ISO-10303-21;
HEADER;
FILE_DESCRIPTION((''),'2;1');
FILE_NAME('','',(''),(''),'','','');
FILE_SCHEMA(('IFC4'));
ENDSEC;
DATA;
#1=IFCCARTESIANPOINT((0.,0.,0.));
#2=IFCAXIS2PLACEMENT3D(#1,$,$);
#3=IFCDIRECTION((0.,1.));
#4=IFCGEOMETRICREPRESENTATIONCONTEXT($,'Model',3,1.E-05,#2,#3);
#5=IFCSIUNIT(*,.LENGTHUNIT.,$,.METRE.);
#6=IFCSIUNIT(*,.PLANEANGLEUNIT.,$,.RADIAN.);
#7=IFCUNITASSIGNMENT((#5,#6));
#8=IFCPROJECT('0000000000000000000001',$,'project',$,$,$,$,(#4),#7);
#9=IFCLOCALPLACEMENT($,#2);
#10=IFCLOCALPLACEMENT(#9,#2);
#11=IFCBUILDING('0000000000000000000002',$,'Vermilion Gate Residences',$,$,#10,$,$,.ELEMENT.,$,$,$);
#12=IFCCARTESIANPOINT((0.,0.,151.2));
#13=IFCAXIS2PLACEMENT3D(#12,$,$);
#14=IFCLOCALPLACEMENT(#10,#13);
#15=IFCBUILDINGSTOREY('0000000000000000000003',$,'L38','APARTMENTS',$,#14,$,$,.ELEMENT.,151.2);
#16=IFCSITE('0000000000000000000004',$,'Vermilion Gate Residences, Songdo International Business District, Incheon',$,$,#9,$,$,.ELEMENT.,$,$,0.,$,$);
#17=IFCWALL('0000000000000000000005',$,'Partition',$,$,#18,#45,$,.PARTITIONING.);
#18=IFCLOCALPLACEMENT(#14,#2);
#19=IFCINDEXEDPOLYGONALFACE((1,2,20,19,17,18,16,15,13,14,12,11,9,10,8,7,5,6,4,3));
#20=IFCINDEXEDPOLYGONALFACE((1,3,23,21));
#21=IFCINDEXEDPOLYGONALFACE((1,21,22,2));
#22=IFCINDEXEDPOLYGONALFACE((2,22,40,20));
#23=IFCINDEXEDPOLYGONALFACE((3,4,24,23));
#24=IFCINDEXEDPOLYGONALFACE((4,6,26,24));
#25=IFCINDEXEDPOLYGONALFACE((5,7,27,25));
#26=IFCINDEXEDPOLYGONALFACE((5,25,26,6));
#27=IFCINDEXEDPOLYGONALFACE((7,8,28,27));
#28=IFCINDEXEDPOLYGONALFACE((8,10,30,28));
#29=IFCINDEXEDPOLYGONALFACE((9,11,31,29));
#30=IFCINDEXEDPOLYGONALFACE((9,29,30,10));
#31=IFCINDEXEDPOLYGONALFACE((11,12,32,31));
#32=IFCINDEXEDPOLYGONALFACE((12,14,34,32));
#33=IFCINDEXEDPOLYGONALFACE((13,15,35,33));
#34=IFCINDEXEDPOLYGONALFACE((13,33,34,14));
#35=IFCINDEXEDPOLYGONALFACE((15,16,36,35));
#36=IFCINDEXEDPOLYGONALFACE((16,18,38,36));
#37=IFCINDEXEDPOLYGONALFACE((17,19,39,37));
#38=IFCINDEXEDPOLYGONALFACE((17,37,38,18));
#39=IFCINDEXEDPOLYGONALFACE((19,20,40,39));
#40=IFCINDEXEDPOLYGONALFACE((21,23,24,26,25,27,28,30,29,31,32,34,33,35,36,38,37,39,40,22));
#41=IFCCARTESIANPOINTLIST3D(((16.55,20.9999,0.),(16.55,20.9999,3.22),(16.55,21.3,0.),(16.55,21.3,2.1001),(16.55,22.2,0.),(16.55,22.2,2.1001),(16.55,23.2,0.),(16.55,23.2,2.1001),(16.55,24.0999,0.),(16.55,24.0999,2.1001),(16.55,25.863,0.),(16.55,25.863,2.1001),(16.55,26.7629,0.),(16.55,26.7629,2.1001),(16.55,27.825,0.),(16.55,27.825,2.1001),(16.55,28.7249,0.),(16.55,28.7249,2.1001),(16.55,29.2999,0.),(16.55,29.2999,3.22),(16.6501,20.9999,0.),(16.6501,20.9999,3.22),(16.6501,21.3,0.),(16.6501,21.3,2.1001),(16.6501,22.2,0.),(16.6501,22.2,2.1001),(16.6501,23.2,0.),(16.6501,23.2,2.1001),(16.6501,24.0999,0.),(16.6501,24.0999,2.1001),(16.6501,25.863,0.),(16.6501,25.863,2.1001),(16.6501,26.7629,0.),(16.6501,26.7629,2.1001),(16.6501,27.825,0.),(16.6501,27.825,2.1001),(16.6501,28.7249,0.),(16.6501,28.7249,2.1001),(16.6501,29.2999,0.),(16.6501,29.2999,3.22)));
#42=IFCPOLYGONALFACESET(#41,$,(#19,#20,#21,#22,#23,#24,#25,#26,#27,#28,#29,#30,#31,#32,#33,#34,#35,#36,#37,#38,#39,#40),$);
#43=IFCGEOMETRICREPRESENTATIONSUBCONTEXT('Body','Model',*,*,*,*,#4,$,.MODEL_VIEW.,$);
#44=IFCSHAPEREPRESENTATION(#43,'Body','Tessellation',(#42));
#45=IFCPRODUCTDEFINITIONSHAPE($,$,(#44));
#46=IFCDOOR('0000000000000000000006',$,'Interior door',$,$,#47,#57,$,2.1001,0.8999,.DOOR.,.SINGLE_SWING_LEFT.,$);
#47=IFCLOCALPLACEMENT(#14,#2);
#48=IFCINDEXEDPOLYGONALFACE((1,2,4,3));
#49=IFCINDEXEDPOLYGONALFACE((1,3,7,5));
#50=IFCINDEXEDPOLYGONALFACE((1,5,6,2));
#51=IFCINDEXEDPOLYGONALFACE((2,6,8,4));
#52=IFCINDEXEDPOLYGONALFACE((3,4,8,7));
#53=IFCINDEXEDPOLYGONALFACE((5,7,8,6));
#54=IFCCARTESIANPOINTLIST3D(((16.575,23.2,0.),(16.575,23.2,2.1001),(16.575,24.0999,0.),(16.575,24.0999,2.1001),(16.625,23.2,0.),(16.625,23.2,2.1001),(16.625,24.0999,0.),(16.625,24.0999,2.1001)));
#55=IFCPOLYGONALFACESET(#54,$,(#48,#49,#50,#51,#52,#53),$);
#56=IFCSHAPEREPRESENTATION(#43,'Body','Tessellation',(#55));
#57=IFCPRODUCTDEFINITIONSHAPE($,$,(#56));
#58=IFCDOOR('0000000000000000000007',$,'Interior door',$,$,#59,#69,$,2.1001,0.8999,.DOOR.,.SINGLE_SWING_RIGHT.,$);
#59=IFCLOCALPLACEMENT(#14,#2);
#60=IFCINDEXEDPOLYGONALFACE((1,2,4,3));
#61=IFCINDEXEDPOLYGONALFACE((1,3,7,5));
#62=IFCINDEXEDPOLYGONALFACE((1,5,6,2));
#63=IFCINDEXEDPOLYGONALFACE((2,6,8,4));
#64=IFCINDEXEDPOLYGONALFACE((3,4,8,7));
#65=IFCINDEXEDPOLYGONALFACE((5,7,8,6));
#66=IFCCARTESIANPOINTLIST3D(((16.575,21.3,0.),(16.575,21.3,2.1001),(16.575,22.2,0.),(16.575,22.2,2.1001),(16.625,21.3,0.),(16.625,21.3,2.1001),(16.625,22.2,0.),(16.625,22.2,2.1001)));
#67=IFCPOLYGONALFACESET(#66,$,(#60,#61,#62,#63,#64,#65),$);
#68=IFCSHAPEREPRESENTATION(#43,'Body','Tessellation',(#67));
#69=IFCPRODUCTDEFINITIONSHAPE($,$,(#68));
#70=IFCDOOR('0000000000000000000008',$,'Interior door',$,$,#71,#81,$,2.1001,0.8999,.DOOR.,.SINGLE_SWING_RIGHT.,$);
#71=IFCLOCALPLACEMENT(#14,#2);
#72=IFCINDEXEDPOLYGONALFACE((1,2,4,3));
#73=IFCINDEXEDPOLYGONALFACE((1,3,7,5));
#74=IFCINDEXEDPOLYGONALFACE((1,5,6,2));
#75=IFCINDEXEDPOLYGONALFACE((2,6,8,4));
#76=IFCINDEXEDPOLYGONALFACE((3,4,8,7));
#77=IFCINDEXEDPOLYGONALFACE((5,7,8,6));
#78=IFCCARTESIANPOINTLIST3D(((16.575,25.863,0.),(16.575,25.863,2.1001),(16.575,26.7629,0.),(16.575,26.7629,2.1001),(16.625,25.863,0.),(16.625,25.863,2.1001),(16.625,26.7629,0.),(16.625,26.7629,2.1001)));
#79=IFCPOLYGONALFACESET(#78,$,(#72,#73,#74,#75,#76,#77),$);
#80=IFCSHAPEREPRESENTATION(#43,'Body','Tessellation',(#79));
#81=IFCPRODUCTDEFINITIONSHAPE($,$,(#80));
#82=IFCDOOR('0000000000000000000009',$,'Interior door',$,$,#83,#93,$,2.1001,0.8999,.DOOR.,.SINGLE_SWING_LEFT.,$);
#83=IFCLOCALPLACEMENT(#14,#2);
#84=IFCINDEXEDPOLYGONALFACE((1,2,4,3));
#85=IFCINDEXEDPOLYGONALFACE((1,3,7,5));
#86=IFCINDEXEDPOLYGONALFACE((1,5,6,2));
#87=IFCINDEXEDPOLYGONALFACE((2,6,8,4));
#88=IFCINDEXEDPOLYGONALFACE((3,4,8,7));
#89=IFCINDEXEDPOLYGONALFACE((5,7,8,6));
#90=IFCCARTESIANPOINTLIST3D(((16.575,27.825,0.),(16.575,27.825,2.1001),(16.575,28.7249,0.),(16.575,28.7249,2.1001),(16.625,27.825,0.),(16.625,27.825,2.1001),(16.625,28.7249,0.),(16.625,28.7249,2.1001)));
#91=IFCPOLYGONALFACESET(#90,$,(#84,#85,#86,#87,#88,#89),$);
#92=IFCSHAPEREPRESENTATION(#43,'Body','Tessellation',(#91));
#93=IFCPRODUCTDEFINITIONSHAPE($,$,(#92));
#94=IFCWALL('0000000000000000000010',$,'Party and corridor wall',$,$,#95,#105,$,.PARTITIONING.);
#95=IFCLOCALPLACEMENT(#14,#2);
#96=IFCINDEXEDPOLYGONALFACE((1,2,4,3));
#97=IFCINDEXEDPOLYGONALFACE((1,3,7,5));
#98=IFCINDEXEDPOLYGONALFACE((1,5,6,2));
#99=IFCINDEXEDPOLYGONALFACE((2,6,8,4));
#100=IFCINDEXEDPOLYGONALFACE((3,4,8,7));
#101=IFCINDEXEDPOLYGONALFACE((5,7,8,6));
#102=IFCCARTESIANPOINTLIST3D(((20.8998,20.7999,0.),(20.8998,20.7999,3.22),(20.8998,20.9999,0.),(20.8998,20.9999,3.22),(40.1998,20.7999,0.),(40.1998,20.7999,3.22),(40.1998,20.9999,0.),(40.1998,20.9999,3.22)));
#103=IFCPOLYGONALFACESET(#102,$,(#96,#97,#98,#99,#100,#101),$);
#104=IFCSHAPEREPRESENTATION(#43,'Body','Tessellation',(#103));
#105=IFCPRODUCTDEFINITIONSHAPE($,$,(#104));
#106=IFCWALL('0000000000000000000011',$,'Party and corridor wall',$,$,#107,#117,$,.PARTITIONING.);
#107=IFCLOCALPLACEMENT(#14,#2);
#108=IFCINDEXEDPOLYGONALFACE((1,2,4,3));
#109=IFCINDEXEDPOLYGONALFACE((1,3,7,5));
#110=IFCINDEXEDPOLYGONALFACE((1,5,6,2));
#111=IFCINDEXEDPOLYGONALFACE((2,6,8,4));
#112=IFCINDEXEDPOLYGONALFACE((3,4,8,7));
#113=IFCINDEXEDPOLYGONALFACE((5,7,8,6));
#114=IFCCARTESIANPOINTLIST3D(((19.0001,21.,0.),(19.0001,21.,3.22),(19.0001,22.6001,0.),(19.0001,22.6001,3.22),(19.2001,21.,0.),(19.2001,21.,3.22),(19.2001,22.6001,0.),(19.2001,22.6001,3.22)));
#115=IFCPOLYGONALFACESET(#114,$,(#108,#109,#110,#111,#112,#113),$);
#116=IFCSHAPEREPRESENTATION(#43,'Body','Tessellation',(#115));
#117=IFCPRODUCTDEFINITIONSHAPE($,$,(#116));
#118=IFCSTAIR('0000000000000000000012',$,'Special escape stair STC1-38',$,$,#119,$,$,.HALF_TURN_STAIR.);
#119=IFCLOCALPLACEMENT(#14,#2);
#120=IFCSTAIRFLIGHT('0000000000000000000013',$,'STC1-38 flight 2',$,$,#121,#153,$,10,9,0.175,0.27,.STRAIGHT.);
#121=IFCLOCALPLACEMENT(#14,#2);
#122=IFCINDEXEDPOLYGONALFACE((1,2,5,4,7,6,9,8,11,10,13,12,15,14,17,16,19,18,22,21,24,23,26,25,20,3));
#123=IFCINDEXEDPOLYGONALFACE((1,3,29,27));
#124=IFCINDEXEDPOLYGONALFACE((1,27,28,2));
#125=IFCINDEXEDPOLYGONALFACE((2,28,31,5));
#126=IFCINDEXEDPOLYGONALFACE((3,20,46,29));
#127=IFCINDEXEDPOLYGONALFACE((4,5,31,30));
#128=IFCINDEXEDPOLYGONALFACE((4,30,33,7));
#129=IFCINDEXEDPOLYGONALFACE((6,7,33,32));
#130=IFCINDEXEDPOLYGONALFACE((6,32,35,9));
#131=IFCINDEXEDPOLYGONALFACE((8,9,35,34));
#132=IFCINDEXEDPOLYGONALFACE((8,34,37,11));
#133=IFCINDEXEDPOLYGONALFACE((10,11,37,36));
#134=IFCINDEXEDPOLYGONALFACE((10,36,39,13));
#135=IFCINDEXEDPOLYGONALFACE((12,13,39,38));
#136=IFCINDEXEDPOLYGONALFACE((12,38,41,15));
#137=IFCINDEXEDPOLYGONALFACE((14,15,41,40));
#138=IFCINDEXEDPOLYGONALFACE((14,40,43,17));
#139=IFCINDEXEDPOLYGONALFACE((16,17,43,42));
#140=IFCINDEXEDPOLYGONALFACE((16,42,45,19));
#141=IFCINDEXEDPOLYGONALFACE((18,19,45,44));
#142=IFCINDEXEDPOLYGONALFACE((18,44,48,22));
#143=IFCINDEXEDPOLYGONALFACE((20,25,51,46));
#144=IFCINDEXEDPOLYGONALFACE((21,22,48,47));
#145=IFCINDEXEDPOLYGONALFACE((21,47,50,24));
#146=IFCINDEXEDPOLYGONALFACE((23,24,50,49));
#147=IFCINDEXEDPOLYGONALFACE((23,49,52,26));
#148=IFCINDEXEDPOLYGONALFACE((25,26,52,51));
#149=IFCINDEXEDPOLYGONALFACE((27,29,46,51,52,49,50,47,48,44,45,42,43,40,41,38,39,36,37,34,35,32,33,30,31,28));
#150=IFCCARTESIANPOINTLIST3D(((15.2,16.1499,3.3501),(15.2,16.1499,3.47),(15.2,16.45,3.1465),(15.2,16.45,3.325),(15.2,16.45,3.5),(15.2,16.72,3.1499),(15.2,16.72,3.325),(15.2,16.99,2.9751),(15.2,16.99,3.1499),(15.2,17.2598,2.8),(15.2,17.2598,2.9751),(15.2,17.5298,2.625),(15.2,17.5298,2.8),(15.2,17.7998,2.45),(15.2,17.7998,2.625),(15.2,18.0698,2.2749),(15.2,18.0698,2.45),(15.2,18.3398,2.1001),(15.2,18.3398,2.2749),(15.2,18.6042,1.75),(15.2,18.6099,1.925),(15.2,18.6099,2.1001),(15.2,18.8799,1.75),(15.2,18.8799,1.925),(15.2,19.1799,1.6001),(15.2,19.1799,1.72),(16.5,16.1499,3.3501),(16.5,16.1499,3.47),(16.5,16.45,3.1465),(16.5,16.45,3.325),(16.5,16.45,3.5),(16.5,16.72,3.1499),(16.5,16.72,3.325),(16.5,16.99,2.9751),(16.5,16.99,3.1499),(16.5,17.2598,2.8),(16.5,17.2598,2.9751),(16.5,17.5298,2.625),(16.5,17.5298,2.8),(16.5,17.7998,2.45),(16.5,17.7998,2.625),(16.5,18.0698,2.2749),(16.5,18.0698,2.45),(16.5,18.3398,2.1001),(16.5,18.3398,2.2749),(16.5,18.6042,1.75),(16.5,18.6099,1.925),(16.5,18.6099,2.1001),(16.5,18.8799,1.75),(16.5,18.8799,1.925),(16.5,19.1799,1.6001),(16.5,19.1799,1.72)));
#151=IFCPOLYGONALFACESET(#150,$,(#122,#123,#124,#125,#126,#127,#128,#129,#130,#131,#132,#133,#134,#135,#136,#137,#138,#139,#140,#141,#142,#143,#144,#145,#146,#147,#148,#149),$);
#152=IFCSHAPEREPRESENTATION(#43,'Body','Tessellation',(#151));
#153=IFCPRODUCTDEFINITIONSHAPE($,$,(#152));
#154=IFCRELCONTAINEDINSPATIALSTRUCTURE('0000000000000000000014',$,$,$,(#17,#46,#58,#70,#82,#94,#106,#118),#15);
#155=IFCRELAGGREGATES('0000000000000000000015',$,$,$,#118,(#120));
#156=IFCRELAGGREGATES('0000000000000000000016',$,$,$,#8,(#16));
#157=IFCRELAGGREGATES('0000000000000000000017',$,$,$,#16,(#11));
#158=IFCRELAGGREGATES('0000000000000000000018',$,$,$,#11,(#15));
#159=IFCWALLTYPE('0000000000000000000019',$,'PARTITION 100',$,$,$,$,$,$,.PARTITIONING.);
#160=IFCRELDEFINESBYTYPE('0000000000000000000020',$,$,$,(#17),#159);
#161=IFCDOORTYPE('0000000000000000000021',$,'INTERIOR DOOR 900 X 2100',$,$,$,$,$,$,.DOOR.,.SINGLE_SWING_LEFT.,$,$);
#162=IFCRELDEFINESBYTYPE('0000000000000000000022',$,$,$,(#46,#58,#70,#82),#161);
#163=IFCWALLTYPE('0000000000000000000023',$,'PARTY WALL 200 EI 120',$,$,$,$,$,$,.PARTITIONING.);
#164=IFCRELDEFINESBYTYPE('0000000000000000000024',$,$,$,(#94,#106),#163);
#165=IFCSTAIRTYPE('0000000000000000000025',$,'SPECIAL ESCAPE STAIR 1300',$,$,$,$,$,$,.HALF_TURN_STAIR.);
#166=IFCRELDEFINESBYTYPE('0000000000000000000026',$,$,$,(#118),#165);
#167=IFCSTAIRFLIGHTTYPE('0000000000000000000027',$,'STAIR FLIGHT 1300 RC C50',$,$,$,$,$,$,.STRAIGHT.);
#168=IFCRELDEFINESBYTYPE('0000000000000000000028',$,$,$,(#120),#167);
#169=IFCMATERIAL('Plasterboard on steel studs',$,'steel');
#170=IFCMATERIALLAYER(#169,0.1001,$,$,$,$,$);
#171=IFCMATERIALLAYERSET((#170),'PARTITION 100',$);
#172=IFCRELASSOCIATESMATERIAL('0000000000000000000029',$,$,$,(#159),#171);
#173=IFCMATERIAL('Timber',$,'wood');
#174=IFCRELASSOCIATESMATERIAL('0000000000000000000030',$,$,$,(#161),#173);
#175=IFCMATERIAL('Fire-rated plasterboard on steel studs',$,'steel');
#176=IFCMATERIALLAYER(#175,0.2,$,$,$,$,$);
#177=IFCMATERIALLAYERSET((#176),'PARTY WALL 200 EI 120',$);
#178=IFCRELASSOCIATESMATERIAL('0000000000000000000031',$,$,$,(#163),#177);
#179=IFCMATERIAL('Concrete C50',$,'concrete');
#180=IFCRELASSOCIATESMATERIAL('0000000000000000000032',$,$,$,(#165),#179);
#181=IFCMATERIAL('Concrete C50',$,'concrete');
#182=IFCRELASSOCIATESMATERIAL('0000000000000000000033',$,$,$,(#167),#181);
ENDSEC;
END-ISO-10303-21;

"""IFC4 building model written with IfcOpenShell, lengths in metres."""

from ifc_helpers import new_model, si_unit, direction, frame, frame_2d, origin, place, context, subcontext, project, spatial, polyline, rectangle, outline, extrude, material, layer, layer_set, type_object, element, fill, aggregate, save


model = new_model("IFC4")

# Units and contexts
model_context = context("Model", 3, precision=1e-05, world=origin(), true_north=direction((0.0, 1.0)))
body_context = subcontext(model_context, "Body", "Model", "MODEL_VIEW")
ifc_project = project(units=[si_unit("LENGTHUNIT", "METRE"), si_unit("PLANEANGLEUNIT", "RADIAN")], contexts=[model_context])

# Site, building, storey
site_placement = place(None, origin())
site = spatial("IfcSite", under=ifc_project, at=site_placement, Name="Vermilion Gate Residences, Songdo International Business District, Incheon", CompositionType="ELEMENT", RefElevation=0.0)
building_placement = place(site_placement, origin())
building = spatial("IfcBuilding", under=site, at=building_placement, Name="Vermilion Gate Residences", CompositionType="ELEMENT")
storey_placement = place(building_placement, frame((0.0, 0.0, 151.2)))
storey = spatial("IfcBuildingStorey", under=building, at=storey_placement, Name="L38", Description="APARTMENTS", CompositionType="ELEMENT", Elevation=151.2)

# Wall, openings, doors
ifc_material_1 = material(Name="Plasterboard on steel studs", Category="steel")
ifc_layer_1 = layer(ifc_material_1, 0.1001)
ifc_layer_set_1 = layer_set([ifc_layer_1], Name="PARTITION 100")
wall_type_1 = type_object("IfcWallType", Name="PARTITION 100", PredefinedType="PARTITIONING", material=ifc_layer_set_1)
ifc_material_2 = material(Name="Timber", Category="wood")
door_type = type_object("IfcDoorType", Name="INTERIOR DOOR 900 X 2100", OperationType="SINGLE_SWING_LEFT", PredefinedType="DOOR", material=ifc_material_2)
wall_1_placement = place(storey_placement, frame((16.6001, 21.0, 0.0), z_axis=(0.0, 0.0, 1.0), x_axis=(0.0, 1.0, 0.0)))
wall_1 = element("IfcWall", 1, at=wall_1_placement, inside=storey, type_object=wall_type_1, Name="Partition", PredefinedType="PARTITIONING", context=body_context, shape_type="SweptSolid", body=[
    extrude(rectangle(XDim=8.3, YDim=0.1001, at=frame_2d((4.1499, 0.0))), origin(), (0.0, 0.0, 1.0), 3.22),
])
opening_1_placement = place(wall_1_placement, frame((2.2, 0.0, 0.0)))
opening_1 = element("IfcOpeningElement", 2, at=opening_1_placement, cuts=wall_1, PredefinedType="OPENING", context=body_context, shape_type="SweptSolid", body=[
    extrude(rectangle(XDim=0.8999, YDim=2.1001, at=frame_2d((0.45, 1.05))), frame((0.0, 0.0601, 0.0), z_axis=(0.0, -1.0, 0.0), x_axis=(1.0, 0.0, 0.0)), (0.0, 0.0, 1.0), 0.1201),
])
opening_2_placement = place(wall_1_placement, frame((0.3, 0.0, 0.0)))
opening_2 = element("IfcOpeningElement", 3, at=opening_2_placement, cuts=wall_1, PredefinedType="OPENING", context=body_context, shape_type="SweptSolid", body=[
    extrude(rectangle(XDim=0.8999, YDim=2.1001, at=frame_2d((0.45, 1.05))), frame((0.0, 0.0601, 0.0), z_axis=(0.0, -1.0, 0.0), x_axis=(1.0, 0.0, 0.0)), (0.0, 0.0, 1.0), 0.1201),
])
opening_3_placement = place(wall_1_placement, frame((4.863, 0.0, 0.0)))
opening_3 = element("IfcOpeningElement", 4, at=opening_3_placement, cuts=wall_1, PredefinedType="OPENING", context=body_context, shape_type="SweptSolid", body=[
    extrude(rectangle(XDim=0.8999, YDim=2.1001, at=frame_2d((0.45, 1.05))), frame((0.0, 0.0601, 0.0), z_axis=(0.0, -1.0, 0.0), x_axis=(1.0, 0.0, 0.0)), (0.0, 0.0, 1.0), 0.1201),
])
opening_4_placement = place(wall_1_placement, frame((6.825, 0.0, 0.0)))
opening_4 = element("IfcOpeningElement", 5, at=opening_4_placement, cuts=wall_1, PredefinedType="OPENING", context=body_context, shape_type="SweptSolid", body=[
    extrude(rectangle(XDim=0.8999, YDim=2.1001, at=frame_2d((0.45, 1.05))), frame((0.0, 0.0601, 0.0), z_axis=(0.0, -1.0, 0.0), x_axis=(1.0, 0.0, 0.0)), (0.0, 0.0, 1.0), 0.1201),
])
door_1_placement = place(opening_1_placement, frame((0.8999, 0.0, 0.0), z_axis=(0.0, 0.0, 1.0), x_axis=(-1.0, 0.0, 0.0)))
door_1 = element("IfcDoor", 6, at=door_1_placement, inside=storey, type_object=door_type, Name="Interior door", OperationType="SINGLE_SWING_LEFT", OverallHeight=2.1001, OverallWidth=0.8999, PredefinedType="DOOR", context=body_context, shape_type="SweptSolid", body=[
    extrude(rectangle(XDim=0.8999, YDim=2.1001, at=frame_2d((0.45, 1.05))), frame((0.0, 0.0249, 0.0), z_axis=(0.0, -1.0, 0.0), x_axis=(1.0, 0.0, 0.0)), (0.0, 0.0, 1.0), 0.05),
])
fill(opening_1, door_1)
door_2_placement = place(opening_2_placement, frame((0.8999, 0.0, 0.0), z_axis=(0.0, 0.0, 1.0), x_axis=(-1.0, 0.0, 0.0)))
door_2 = element("IfcDoor", 7, at=door_2_placement, inside=storey, type_object=door_type, Name="Interior door", OperationType="SINGLE_SWING_RIGHT", OverallHeight=2.1001, OverallWidth=0.8999, PredefinedType="DOOR", context=body_context, shape_type="SweptSolid", body=[
    extrude(rectangle(XDim=0.8999, YDim=2.1001, at=frame_2d((0.45, 1.05))), frame((0.0, 0.0249, 0.0), z_axis=(0.0, -1.0, 0.0), x_axis=(1.0, 0.0, 0.0)), (0.0, 0.0, 1.0), 0.05),
])
fill(opening_2, door_2)
door_3_placement = place(opening_3_placement, frame((0.8999, 0.0, 0.0), z_axis=(0.0, 0.0, 1.0), x_axis=(-1.0, 0.0, 0.0)))
door_3 = element("IfcDoor", 8, at=door_3_placement, inside=storey, type_object=door_type, Name="Interior door", OperationType="SINGLE_SWING_RIGHT", OverallHeight=2.1001, OverallWidth=0.8999, PredefinedType="DOOR", context=body_context, shape_type="SweptSolid", body=[
    extrude(rectangle(XDim=0.8999, YDim=2.1001, at=frame_2d((0.45, 1.05))), frame((0.0, 0.0249, 0.0), z_axis=(0.0, -1.0, 0.0), x_axis=(1.0, 0.0, 0.0)), (0.0, 0.0, 1.0), 0.05),
])
fill(opening_3, door_3)
door_4_placement = place(opening_4_placement, frame((0.8999, 0.0, 0.0), z_axis=(0.0, 0.0, 1.0), x_axis=(-1.0, 0.0, 0.0)))
door_4 = element("IfcDoor", 9, at=door_4_placement, inside=storey, type_object=door_type, Name="Interior door", OperationType="SINGLE_SWING_LEFT", OverallHeight=2.1001, OverallWidth=0.8999, PredefinedType="DOOR", context=body_context, shape_type="SweptSolid", body=[
    extrude(rectangle(XDim=0.8999, YDim=2.1001, at=frame_2d((0.45, 1.05))), frame((0.0, 0.0249, 0.0), z_axis=(0.0, -1.0, 0.0), x_axis=(1.0, 0.0, 0.0)), (0.0, 0.0, 1.0), 0.05),
])
fill(opening_4, door_4)

# Walls
ifc_material_3 = material(Name="Fire-rated plasterboard on steel studs", Category="steel")
ifc_layer_2 = layer(ifc_material_3, 0.2)
ifc_layer_set_2 = layer_set([ifc_layer_2], Name="PARTY WALL 200 EI 120")
wall_type_2 = type_object("IfcWallType", Name="PARTY WALL 200 EI 120", PredefinedType="PARTITIONING", material=ifc_layer_set_2)
wall_2_placement = place(storey_placement, frame((20.8999, 20.8999, 0.0), z_axis=(0.0, 0.0, 1.0), x_axis=(1.0, 0.0, 0.0)))
element("IfcWall", 10, at=wall_2_placement, inside=storey, type_object=wall_type_2, Name="Party and corridor wall", PredefinedType="PARTITIONING", context=body_context, shape_type="SweptSolid", body=[
    extrude(rectangle(XDim=19.3, YDim=0.2, at=frame_2d((9.6499, 0.0))), origin(), (0.0, 0.0, 1.0), 3.22),
])
wall_3_placement = place(storey_placement, frame((19.1001, 21.0, 0.0), z_axis=(0.0, 0.0, 1.0), x_axis=(0.0, 1.0, 0.0)))
element("IfcWall", 11, at=wall_3_placement, inside=storey, type_object=wall_type_2, Name="Party and corridor wall", PredefinedType="PARTITIONING", context=body_context, shape_type="SweptSolid", body=[
    extrude(rectangle(XDim=1.6001, YDim=0.2, at=frame_2d((0.8, 0.0))), origin(), (0.0, 0.0, 1.0), 3.22),
])

# Stair, stair flight
ifc_material_4 = material(Name="Concrete C50", Category="concrete")
stair_type = type_object("IfcStairType", Name="SPECIAL ESCAPE STAIR 1300", PredefinedType="HALF_TURN_STAIR", material=ifc_material_4)
stair_placement = place(storey_placement, origin())
stair = element("IfcStair", 12, at=stair_placement, inside=storey, type_object=stair_type, Name="Special escape stair STC1-38", PredefinedType="HALF_TURN_STAIR")
ifc_material_5 = material(Name="Concrete C50", Category="concrete")
stair_flight_type = type_object("IfcStairFlightType", Name="STAIR FLIGHT 1300 RC C50", PredefinedType="STRAIGHT", material=ifc_material_5)
stair_flight_placement = place(storey_placement, frame((15.8501, 18.8799, 1.75), z_axis=(0.0, 0.0, 1.0), x_axis=(0.0, -1.0, 0.0)))
stair_flight = element("IfcStairFlight", 13, at=stair_flight_placement, type_object=stair_flight_type, Name="STC1-38 flight 2", NumberOfRisers=10, NumberOfTreads=9, PredefinedType="STRAIGHT", RiserHeight=0.175, TreadLength=0.27, context=body_context, shape_type="SweptSolid", body=[
    extrude(outline(polyline([(-0.3, -0.1499), (-0.3, -0.03), (0.0, 0.0), (0.0, 0.175), (0.27, 0.175), (0.27, 0.3501), (0.54, 0.3501), (0.54, 0.5249), (0.8101, 0.5249), (0.8101, 0.7), (1.0801, 0.7), (1.0801, 0.875), (1.3501, 0.875), (1.3501, 1.05), (1.6201, 1.05), (1.6201, 1.2251), (1.8899, 1.2251), (1.8899, 1.3999), (2.1599, 1.3999), (2.1599, 1.575), (2.4299, 1.575), (2.4299, 1.75), (2.73, 1.72), (2.73, 1.6001), (2.4299, 1.3965), (0.2756, 0.0), (-0.3, -0.1499)])), frame((0.0, 0.6499, 0.0), z_axis=(0.0, -1.0, 0.0), x_axis=(1.0, 0.0, 0.0)), (0.0, 0.0, 1.0), 1.3),
])
aggregate(stair, [stair_flight])

save(model, "model.ifc")
